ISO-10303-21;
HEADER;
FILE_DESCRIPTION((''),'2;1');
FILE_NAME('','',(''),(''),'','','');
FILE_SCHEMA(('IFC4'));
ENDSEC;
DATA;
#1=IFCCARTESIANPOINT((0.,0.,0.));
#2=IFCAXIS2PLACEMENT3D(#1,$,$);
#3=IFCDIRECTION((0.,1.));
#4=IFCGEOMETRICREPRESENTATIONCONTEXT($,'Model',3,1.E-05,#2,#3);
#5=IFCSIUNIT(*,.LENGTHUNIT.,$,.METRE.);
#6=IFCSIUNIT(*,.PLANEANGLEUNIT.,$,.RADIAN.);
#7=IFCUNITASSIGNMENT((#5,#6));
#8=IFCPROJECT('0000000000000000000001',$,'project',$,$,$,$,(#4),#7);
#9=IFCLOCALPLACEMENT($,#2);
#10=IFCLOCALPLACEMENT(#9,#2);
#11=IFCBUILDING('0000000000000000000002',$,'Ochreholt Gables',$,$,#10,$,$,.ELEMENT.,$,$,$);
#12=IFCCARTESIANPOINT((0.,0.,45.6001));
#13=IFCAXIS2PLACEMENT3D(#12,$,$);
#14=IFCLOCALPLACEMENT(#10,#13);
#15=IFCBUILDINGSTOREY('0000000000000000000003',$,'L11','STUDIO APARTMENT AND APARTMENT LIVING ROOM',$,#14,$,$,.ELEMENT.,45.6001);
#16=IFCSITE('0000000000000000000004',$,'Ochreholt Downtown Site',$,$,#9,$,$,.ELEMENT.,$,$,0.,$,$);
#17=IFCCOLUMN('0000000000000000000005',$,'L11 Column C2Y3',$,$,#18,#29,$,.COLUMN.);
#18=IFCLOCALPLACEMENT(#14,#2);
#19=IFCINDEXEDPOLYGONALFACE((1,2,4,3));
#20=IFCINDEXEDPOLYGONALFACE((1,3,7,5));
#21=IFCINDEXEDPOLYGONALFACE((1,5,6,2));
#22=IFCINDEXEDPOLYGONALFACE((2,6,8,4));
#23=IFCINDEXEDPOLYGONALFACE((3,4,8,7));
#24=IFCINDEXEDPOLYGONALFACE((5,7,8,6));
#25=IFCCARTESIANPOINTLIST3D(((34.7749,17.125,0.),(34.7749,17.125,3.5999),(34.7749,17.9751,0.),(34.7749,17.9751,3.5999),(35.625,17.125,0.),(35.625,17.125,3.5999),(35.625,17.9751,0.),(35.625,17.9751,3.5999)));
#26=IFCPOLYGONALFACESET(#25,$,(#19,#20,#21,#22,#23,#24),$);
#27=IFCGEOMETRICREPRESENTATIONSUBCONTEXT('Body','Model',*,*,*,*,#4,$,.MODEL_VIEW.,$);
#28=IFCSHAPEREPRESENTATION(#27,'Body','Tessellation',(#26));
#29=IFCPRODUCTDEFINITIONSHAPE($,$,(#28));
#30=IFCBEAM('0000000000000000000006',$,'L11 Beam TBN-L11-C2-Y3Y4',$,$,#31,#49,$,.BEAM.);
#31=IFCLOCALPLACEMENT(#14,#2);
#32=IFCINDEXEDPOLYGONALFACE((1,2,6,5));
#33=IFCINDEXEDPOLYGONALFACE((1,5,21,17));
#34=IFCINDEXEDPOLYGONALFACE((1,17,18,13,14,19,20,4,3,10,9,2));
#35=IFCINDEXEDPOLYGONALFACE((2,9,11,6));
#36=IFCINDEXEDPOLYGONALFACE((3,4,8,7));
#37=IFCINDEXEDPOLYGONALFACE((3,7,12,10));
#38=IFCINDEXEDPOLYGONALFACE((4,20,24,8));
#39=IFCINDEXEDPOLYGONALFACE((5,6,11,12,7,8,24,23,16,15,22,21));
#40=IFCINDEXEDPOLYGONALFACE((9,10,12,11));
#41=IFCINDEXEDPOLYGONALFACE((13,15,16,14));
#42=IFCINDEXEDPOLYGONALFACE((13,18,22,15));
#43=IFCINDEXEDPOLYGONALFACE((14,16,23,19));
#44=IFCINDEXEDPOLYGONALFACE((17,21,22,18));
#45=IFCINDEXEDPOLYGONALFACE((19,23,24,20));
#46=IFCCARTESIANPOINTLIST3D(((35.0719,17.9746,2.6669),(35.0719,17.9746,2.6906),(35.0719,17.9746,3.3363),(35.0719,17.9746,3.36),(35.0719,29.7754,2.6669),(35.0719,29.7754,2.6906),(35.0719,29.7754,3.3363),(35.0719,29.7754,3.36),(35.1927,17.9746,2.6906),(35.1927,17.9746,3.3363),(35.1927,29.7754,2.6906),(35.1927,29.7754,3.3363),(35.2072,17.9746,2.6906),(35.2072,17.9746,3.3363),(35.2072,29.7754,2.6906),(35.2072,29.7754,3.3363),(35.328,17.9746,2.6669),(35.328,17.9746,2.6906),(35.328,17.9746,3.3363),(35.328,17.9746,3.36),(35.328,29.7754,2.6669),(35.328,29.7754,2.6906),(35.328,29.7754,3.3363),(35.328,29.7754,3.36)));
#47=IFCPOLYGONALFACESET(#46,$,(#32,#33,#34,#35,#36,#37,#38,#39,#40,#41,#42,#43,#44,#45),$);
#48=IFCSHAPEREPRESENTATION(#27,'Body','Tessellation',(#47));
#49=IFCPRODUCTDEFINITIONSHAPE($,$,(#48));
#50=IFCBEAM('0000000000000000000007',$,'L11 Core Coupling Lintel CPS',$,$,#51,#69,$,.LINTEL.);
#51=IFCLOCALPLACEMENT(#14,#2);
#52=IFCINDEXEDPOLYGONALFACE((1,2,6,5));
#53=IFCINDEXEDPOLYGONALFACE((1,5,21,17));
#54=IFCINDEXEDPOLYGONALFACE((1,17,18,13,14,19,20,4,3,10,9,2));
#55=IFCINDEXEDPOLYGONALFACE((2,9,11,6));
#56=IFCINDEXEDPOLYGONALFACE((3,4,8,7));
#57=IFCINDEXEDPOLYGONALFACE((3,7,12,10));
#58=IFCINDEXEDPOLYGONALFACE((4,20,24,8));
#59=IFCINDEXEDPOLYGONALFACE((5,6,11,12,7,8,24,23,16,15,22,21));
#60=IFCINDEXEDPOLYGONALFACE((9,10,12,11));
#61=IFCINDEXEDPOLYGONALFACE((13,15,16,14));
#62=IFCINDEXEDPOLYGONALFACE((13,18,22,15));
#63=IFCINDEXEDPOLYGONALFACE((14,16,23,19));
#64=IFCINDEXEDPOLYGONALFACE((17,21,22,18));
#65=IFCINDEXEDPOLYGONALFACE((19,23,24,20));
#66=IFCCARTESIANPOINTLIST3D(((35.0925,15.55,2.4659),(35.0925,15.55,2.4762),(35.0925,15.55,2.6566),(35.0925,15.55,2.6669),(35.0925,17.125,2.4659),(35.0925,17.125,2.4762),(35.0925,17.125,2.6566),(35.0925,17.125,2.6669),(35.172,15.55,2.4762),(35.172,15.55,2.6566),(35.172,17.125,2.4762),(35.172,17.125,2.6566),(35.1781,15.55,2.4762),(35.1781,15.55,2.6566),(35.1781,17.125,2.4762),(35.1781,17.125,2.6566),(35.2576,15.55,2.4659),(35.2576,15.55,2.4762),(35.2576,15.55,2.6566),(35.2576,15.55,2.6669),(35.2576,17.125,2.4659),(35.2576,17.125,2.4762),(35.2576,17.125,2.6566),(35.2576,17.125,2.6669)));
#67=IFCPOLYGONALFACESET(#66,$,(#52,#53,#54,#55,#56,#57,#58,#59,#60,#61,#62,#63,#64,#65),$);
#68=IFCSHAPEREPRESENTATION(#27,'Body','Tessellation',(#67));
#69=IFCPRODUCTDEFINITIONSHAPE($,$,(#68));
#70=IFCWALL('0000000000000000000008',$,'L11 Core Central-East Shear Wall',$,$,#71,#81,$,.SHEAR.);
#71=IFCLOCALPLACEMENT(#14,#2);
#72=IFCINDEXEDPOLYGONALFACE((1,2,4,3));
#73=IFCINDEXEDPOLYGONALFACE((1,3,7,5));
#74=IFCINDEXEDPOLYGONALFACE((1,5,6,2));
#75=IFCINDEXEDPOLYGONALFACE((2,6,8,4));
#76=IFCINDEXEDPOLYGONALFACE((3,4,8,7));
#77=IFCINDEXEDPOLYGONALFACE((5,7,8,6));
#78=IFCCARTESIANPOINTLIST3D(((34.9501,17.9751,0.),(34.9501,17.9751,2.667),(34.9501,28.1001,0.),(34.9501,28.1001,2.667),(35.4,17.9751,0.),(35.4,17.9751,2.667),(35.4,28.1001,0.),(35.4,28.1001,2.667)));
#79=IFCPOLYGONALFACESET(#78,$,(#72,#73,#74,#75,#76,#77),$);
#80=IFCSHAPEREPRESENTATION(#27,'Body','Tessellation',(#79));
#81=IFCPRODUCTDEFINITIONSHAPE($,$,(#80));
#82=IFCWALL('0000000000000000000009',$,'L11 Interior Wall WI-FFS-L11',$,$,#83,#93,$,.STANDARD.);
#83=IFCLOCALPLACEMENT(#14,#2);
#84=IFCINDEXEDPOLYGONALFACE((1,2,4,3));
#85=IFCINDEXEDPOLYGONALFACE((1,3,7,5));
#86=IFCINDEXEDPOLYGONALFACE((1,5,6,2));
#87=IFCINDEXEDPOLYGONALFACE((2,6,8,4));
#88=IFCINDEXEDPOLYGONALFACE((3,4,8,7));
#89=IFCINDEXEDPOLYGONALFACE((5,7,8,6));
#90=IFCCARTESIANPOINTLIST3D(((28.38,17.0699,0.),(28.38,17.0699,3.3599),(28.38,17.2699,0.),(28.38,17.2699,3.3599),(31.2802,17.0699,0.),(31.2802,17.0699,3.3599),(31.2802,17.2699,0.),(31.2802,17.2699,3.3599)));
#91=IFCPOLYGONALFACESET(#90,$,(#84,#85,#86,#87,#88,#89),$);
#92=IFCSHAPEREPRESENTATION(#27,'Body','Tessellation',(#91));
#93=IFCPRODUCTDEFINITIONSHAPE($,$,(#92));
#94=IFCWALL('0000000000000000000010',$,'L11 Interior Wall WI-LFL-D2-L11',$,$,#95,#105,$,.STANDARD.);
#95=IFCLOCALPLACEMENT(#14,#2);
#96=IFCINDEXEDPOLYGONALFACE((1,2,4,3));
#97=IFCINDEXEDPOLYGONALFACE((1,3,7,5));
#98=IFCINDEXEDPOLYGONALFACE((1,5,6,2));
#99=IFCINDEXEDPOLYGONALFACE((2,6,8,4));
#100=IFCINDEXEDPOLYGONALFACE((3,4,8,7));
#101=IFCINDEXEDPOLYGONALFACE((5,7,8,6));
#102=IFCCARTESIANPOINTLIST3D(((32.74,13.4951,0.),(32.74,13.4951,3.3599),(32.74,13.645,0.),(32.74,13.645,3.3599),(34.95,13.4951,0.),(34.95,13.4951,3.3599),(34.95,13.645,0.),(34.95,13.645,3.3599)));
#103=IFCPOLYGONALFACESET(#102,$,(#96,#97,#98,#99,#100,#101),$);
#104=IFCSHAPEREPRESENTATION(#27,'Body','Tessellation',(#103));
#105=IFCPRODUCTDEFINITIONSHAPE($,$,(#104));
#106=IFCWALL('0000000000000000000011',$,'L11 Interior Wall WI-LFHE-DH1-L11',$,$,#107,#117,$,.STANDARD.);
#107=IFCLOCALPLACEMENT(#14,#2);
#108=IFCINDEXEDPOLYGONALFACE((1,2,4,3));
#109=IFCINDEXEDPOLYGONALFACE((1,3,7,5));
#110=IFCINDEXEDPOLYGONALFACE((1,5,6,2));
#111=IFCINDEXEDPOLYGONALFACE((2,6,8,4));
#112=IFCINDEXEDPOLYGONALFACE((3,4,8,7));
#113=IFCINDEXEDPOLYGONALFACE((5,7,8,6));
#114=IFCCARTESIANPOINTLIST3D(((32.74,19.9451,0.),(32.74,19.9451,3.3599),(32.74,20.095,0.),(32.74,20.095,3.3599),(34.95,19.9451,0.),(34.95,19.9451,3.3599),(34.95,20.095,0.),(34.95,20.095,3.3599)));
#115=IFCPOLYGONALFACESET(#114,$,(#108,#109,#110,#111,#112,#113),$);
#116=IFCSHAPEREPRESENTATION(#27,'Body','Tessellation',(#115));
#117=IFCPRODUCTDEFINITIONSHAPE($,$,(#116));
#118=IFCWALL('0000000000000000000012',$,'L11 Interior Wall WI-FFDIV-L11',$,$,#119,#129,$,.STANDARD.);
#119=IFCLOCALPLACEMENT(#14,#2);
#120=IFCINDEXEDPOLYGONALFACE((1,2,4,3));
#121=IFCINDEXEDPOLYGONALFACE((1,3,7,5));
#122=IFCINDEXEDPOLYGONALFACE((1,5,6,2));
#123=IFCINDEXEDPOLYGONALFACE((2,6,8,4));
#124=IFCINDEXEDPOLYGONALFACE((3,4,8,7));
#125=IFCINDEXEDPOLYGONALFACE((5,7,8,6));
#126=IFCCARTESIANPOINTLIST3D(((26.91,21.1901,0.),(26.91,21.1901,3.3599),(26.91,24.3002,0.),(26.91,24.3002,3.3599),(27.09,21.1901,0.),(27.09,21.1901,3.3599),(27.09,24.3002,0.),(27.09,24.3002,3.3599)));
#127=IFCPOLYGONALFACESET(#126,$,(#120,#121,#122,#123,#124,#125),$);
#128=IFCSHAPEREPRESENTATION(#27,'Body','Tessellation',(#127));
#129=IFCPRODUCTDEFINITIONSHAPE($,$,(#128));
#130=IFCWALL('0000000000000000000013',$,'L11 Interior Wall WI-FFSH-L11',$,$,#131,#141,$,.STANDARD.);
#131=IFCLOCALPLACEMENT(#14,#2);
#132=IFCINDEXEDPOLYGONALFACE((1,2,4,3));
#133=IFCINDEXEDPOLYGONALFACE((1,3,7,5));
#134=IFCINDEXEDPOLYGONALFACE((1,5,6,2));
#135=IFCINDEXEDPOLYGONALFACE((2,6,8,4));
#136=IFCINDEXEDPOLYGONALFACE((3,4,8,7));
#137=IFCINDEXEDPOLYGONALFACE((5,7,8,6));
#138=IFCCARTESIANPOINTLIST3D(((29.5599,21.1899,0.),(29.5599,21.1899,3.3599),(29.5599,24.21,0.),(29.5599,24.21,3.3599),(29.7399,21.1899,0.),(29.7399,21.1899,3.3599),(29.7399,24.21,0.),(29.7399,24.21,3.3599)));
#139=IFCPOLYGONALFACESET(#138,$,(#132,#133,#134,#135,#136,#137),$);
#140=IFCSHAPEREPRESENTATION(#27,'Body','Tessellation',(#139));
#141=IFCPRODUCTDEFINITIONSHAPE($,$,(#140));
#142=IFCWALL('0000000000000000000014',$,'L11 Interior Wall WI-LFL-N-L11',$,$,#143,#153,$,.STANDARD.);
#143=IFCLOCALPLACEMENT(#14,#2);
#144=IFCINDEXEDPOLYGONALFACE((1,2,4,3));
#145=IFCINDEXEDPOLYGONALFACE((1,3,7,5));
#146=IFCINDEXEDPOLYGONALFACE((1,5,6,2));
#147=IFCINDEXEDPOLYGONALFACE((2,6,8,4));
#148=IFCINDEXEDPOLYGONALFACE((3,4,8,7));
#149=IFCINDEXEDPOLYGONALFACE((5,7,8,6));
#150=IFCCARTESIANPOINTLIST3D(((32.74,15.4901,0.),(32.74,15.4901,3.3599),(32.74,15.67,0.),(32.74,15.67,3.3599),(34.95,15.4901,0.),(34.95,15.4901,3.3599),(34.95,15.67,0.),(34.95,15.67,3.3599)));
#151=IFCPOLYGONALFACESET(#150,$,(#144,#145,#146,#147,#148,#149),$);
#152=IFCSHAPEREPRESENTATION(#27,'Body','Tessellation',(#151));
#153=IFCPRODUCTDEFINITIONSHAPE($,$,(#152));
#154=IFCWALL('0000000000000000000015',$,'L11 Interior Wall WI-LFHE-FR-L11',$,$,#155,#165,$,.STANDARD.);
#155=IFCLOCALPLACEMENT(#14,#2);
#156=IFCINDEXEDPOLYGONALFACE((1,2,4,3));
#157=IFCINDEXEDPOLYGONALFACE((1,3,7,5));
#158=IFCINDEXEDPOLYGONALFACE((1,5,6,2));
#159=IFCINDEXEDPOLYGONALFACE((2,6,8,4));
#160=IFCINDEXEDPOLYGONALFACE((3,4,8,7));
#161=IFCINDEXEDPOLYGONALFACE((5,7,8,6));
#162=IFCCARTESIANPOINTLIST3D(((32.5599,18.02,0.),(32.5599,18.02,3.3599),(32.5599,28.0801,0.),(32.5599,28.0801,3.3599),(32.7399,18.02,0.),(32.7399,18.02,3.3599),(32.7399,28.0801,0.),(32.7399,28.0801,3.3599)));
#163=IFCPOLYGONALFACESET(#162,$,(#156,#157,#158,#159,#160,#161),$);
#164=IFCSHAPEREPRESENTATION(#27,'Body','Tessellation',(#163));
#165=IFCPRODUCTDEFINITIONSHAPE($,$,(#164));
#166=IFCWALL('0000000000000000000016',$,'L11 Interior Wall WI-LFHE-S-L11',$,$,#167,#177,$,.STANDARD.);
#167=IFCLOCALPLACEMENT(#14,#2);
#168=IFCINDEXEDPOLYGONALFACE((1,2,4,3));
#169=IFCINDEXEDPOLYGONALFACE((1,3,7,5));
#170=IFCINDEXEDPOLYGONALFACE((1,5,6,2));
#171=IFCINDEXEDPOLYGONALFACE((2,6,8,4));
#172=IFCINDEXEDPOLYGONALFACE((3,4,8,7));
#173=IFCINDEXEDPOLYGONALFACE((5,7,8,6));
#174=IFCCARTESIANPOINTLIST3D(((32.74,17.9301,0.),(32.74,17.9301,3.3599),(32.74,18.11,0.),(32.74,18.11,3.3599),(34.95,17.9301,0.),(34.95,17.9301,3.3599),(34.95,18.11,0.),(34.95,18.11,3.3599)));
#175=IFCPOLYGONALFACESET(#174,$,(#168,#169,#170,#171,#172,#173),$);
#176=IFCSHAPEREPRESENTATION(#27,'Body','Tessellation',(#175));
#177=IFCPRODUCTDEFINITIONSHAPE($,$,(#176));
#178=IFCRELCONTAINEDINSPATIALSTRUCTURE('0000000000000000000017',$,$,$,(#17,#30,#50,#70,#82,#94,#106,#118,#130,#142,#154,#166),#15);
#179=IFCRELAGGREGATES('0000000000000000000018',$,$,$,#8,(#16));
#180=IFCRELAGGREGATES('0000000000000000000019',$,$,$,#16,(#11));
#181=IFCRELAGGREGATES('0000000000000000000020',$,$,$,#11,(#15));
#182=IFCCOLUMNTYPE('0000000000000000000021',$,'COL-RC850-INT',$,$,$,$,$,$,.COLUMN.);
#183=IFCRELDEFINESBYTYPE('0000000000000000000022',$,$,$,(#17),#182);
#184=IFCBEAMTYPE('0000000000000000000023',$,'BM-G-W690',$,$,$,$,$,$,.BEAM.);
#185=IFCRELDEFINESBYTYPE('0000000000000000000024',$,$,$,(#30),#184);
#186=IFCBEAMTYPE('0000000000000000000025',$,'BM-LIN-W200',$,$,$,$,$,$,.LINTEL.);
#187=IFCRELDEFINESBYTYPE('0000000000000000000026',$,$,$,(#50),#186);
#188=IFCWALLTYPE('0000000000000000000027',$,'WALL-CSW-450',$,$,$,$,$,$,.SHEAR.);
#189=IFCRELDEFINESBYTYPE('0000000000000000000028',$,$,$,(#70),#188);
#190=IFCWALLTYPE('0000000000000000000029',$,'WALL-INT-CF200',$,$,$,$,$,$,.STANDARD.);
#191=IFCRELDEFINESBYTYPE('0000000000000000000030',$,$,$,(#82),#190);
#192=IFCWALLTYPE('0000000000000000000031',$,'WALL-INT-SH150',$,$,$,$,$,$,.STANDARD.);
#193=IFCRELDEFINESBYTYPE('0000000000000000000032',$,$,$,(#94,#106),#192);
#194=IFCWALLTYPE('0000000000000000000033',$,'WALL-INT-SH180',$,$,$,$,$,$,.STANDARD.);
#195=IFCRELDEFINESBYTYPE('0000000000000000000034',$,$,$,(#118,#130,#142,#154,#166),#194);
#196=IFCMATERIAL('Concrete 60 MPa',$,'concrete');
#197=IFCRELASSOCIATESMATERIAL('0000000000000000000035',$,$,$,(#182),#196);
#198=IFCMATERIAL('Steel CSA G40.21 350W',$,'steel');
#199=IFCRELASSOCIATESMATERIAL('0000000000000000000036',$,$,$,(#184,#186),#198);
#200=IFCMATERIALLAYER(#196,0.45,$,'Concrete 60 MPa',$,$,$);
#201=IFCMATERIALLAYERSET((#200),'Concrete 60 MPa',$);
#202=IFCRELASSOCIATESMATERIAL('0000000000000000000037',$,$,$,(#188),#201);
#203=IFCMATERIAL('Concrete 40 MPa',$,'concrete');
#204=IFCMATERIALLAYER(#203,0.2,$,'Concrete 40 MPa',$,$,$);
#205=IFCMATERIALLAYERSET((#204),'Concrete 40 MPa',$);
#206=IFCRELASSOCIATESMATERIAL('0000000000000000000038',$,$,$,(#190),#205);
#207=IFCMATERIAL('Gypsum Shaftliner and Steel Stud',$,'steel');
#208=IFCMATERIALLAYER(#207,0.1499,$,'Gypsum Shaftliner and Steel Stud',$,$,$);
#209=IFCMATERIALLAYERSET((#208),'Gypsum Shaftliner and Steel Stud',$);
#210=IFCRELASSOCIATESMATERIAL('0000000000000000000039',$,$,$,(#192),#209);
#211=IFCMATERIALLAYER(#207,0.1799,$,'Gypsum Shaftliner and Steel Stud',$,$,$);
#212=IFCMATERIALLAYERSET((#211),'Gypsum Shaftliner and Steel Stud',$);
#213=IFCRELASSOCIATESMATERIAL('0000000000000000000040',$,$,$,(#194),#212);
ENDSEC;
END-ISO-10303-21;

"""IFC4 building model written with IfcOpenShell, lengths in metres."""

from ifc_helpers import new_model, si_unit, direction, frame, frame_2d, origin, origin_2d, place, context, subcontext, project, spatial, rectangle, i_section, extrude, material, layer, layer_set, material_profile, profile_set, type_object, element, save


model = new_model("IFC4")

# Units and contexts
model_context = context("Model", 3, precision=1e-05, world=origin(), true_north=direction((0.0, 1.0)))
body_context = subcontext(model_context, "Body", "Model", "MODEL_VIEW")
ifc_project = project(units=[si_unit("LENGTHUNIT", "METRE"), si_unit("PLANEANGLEUNIT", "RADIAN")], contexts=[model_context])

# Site, building, storey
site_placement = place(None, origin())
site = spatial("IfcSite", under=ifc_project, at=site_placement, Name="Ochreholt Downtown Site", CompositionType="ELEMENT", RefElevation=0.0)
building_placement = place(site_placement, origin())
building = spatial("IfcBuilding", under=site, at=building_placement, Name="Ochreholt Gables", CompositionType="ELEMENT")
storey_placement = place(building_placement, frame((0.0, 0.0, 45.6001)))
storey = spatial("IfcBuildingStorey", under=building, at=storey_placement, Name="L11", Description="STUDIO APARTMENT AND APARTMENT LIVING ROOM", CompositionType="ELEMENT", Elevation=45.6001)

# Column
ifc_material_1 = material(Name="Concrete 60 MPa", Category="concrete")
ifc_material_profile_1 = material_profile(ifc_material_1, rectangle(XDim=0.8501, YDim=0.8501, at=origin_2d()), Name="RC850X850")
ifc_profile_set_1 = profile_set([ifc_material_profile_1], Name="Concrete 60 MPa")
column_type = type_object("IfcColumnType", Name="COL-RC850-INT", PredefinedType="COLUMN", material=ifc_profile_set_1)
column_placement = place(storey_placement, frame((35.2, 17.55, 0.0), z_axis=(0.0, 0.0, 1.0), x_axis=(1.0, 0.0, 0.0)))
element("IfcColumn", 1, at=column_placement, inside=storey, type_object=column_type, Name="L11 Column C2Y3", PredefinedType="COLUMN", context=body_context, shape_type="SweptSolid", body=[
    extrude(rectangle(XDim=0.8501, YDim=0.8501, at=origin_2d()), origin(), (0.0, 0.0, 1.0), 3.5999),
])

# Beams
ifc_material_2 = material(Name="Steel CSA G40.21 350W", Category="steel")
ifc_material_profile_2 = material_profile(ifc_material_2, i_section(OverallWidth=0.2561, OverallDepth=0.6931, WebThickness=0.0144, FlangeThickness=0.0237, at=origin_2d()), Name="W690X170")
ifc_profile_set_2 = profile_set([ifc_material_profile_2], Name="Steel CSA G40.21 350W")
beam_type_1 = type_object("IfcBeamType", Name="BM-G-W690", PredefinedType="BEAM", material=ifc_profile_set_2)
beam_1_placement = place(storey_placement, frame((35.2, 17.9746, 3.0134), z_axis=(0.0, 1.0, 0.0), x_axis=(-1.0, 0.0, 0.0)))
element("IfcBeam", 2, at=beam_1_placement, inside=storey, type_object=beam_type_1, Name="L11 Beam TBN-L11-C2-Y3Y4", PredefinedType="BEAM", context=body_context, shape_type="SweptSolid", body=[
    extrude(i_section(OverallWidth=0.2561, OverallDepth=0.6931, WebThickness=0.0144, FlangeThickness=0.0237, at=origin_2d()), origin(), (0.0, 0.0, 1.0), 11.8008),
])
ifc_material_profile_3 = material_profile(ifc_material_2, i_section(OverallWidth=0.165, OverallDepth=0.2009, WebThickness=0.0061, FlangeThickness=0.0103, at=origin_2d()), Name="W200X36")
ifc_profile_set_3 = profile_set([ifc_material_profile_3], Name="Steel CSA G40.21 350W")
beam_type_2 = type_object("IfcBeamType", Name="BM-LIN-W200", PredefinedType="LINTEL", material=ifc_profile_set_3)
beam_2_placement = place(storey_placement, frame((35.175, 15.55, 2.5664), z_axis=(0.0, 1.0, 0.0), x_axis=(-1.0, 0.0, 0.0)))
element("IfcBeam", 3, at=beam_2_placement, inside=storey, type_object=beam_type_2, Name="L11 Core Coupling Lintel CPS", PredefinedType="LINTEL", context=body_context, shape_type="SweptSolid", body=[
    extrude(i_section(OverallWidth=0.165, OverallDepth=0.2009, WebThickness=0.0061, FlangeThickness=0.0103, at=origin_2d()), origin(), (0.0, 0.0, 1.0), 1.575),
])

# Walls
ifc_layer_1 = layer(ifc_material_1, 0.45, Name="Concrete 60 MPa")
ifc_layer_set_1 = layer_set([ifc_layer_1], Name="Concrete 60 MPa")
wall_type_1 = type_object("IfcWallType", Name="WALL-CSW-450", PredefinedType="SHEAR", material=ifc_layer_set_1)
wall_1_placement = place(storey_placement, frame((35.175, 17.9751, 0.0), z_axis=(0.0, 0.0, 1.0), x_axis=(0.0, 1.0, 0.0)))
element("IfcWall", 4, at=wall_1_placement, inside=storey, type_object=wall_type_1, Name="L11 Core Central-East Shear Wall", PredefinedType="SHEAR", context=body_context, shape_type="SweptSolid", body=[
    extrude(rectangle(XDim=10.125, YDim=0.45, at=frame_2d((5.0625, 0.0))), origin(), (0.0, 0.0, 1.0), 2.667),
])
ifc_material_3 = material(Name="Concrete 40 MPa", Category="concrete")
ifc_layer_2 = layer(ifc_material_3, 0.2, Name="Concrete 40 MPa")
ifc_layer_set_2 = layer_set([ifc_layer_2], Name="Concrete 40 MPa")
wall_type_2 = type_object("IfcWallType", Name="WALL-INT-CF200", PredefinedType="STANDARD", material=ifc_layer_set_2)
wall_2_placement = place(storey_placement, frame((28.3799, 17.1699, 0.0), z_axis=(0.0, 0.0, 1.0), x_axis=(1.0, 0.0, 0.0)))
element("IfcWall", 5, at=wall_2_placement, inside=storey, type_object=wall_type_2, Name="L11 Interior Wall WI-FFS-L11", PredefinedType="STANDARD", context=body_context, shape_type="SweptSolid", body=[
    extrude(rectangle(XDim=2.9001, YDim=0.2, at=frame_2d((1.4502, 0.0))), origin(), (0.0, 0.0, 1.0), 3.3599),
])

# Walls
ifc_material_4 = material(Name="Gypsum Shaftliner and Steel Stud", Category="steel")
ifc_layer_3 = layer(ifc_material_4, 0.1499, Name="Gypsum Shaftliner and Steel Stud")
ifc_layer_set_3 = layer_set([ifc_layer_3], Name="Gypsum Shaftliner and Steel Stud")
wall_type_3 = type_object("IfcWallType", Name="WALL-INT-SH150", PredefinedType="STANDARD", material=ifc_layer_set_3)
for number, where, z_axis, x_axis, name in (
    (6, (32.74, 13.5701, 0.0), (0.0, 0.0, 1.0), (1.0, 0.0, 0.0), "L11 Interior Wall WI-LFL-D2-L11"),
    (7, (32.74, 20.02, 0.0), (0.0, 0.0, 1.0), (1.0, 0.0, 0.0), "L11 Interior Wall WI-LFHE-DH1-L11"),
):
    element("IfcWall", number, at=place(storey_placement, frame(where, z_axis=z_axis, x_axis=x_axis)), inside=storey, type_object=wall_type_3, Name=name, PredefinedType="STANDARD", context=body_context, shape_type="SweptSolid", body=[
        extrude(rectangle(XDim=2.21, YDim=0.1499, at=frame_2d((1.105, 0.0))), origin(), (0.0, 0.0, 1.0), 3.3599),
    ])
ifc_layer_4 = layer(ifc_material_4, 0.1799, Name="Gypsum Shaftliner and Steel Stud")
ifc_layer_set_4 = layer_set([ifc_layer_4], Name="Gypsum Shaftliner and Steel Stud")
wall_type_4 = type_object("IfcWallType", Name="WALL-INT-SH180", PredefinedType="STANDARD", material=ifc_layer_set_4)
wall_3_placement = place(storey_placement, frame((27.0, 21.1899, 0.0), z_axis=(0.0, 0.0, 1.0), x_axis=(0.0, 1.0, 0.0)))
element("IfcWall", 8, at=wall_3_placement, inside=storey, type_object=wall_type_4, Name="L11 Interior Wall WI-FFDIV-L11", PredefinedType="STANDARD", context=body_context, shape_type="SweptSolid", body=[
    extrude(rectangle(XDim=3.1101, YDim=0.1799, at=frame_2d((1.5552, 0.0))), origin(), (0.0, 0.0, 1.0), 3.3599),
])
wall_4_placement = place(storey_placement, frame((29.6499, 21.1899, 0.0), z_axis=(0.0, 0.0, 1.0), x_axis=(0.0, 1.0, 0.0)))
element("IfcWall", 9, at=wall_4_placement, inside=storey, type_object=wall_type_4, Name="L11 Interior Wall WI-FFSH-L11", PredefinedType="STANDARD", context=body_context, shape_type="SweptSolid", body=[
    extrude(rectangle(XDim=3.02, YDim=0.1799, at=frame_2d((1.51, 0.0))), origin(), (0.0, 0.0, 1.0), 3.3599),
])
wall_5_placement = place(storey_placement, frame((32.74, 15.5801, 0.0), z_axis=(0.0, 0.0, 1.0), x_axis=(1.0, 0.0, 0.0)))
element("IfcWall", 10, at=wall_5_placement, inside=storey, type_object=wall_type_4, Name="L11 Interior Wall WI-LFL-N-L11", PredefinedType="STANDARD", context=body_context, shape_type="SweptSolid", body=[
    extrude(rectangle(XDim=2.21, YDim=0.1799, at=frame_2d((1.105, 0.0))), origin(), (0.0, 0.0, 1.0), 3.3599),
])
wall_6_placement = place(storey_placement, frame((32.6499, 18.02, 0.0), z_axis=(0.0, 0.0, 1.0), x_axis=(0.0, 1.0, 0.0)))
element("IfcWall", 11, at=wall_6_placement, inside=storey, type_object=wall_type_4, Name="L11 Interior Wall WI-LFHE-FR-L11", PredefinedType="STANDARD", context=body_context, shape_type="SweptSolid", body=[
    extrude(rectangle(XDim=10.0601, YDim=0.1799, at=frame_2d((5.03, 0.0))), origin(), (0.0, 0.0, 1.0), 3.3599),
])
wall_7_placement = place(storey_placement, frame((32.74, 18.02, 0.0), z_axis=(0.0, 0.0, 1.0), x_axis=(1.0, 0.0, 0.0)))
element("IfcWall", 12, at=wall_7_placement, inside=storey, type_object=wall_type_4, Name="L11 Interior Wall WI-LFHE-S-L11", PredefinedType="STANDARD", context=body_context, shape_type="SweptSolid", body=[
    extrude(rectangle(XDim=2.21, YDim=0.1799, at=frame_2d((1.105, 0.0))), origin(), (0.0, 0.0, 1.0), 3.3599),
])

save(model, "model.ifc")
